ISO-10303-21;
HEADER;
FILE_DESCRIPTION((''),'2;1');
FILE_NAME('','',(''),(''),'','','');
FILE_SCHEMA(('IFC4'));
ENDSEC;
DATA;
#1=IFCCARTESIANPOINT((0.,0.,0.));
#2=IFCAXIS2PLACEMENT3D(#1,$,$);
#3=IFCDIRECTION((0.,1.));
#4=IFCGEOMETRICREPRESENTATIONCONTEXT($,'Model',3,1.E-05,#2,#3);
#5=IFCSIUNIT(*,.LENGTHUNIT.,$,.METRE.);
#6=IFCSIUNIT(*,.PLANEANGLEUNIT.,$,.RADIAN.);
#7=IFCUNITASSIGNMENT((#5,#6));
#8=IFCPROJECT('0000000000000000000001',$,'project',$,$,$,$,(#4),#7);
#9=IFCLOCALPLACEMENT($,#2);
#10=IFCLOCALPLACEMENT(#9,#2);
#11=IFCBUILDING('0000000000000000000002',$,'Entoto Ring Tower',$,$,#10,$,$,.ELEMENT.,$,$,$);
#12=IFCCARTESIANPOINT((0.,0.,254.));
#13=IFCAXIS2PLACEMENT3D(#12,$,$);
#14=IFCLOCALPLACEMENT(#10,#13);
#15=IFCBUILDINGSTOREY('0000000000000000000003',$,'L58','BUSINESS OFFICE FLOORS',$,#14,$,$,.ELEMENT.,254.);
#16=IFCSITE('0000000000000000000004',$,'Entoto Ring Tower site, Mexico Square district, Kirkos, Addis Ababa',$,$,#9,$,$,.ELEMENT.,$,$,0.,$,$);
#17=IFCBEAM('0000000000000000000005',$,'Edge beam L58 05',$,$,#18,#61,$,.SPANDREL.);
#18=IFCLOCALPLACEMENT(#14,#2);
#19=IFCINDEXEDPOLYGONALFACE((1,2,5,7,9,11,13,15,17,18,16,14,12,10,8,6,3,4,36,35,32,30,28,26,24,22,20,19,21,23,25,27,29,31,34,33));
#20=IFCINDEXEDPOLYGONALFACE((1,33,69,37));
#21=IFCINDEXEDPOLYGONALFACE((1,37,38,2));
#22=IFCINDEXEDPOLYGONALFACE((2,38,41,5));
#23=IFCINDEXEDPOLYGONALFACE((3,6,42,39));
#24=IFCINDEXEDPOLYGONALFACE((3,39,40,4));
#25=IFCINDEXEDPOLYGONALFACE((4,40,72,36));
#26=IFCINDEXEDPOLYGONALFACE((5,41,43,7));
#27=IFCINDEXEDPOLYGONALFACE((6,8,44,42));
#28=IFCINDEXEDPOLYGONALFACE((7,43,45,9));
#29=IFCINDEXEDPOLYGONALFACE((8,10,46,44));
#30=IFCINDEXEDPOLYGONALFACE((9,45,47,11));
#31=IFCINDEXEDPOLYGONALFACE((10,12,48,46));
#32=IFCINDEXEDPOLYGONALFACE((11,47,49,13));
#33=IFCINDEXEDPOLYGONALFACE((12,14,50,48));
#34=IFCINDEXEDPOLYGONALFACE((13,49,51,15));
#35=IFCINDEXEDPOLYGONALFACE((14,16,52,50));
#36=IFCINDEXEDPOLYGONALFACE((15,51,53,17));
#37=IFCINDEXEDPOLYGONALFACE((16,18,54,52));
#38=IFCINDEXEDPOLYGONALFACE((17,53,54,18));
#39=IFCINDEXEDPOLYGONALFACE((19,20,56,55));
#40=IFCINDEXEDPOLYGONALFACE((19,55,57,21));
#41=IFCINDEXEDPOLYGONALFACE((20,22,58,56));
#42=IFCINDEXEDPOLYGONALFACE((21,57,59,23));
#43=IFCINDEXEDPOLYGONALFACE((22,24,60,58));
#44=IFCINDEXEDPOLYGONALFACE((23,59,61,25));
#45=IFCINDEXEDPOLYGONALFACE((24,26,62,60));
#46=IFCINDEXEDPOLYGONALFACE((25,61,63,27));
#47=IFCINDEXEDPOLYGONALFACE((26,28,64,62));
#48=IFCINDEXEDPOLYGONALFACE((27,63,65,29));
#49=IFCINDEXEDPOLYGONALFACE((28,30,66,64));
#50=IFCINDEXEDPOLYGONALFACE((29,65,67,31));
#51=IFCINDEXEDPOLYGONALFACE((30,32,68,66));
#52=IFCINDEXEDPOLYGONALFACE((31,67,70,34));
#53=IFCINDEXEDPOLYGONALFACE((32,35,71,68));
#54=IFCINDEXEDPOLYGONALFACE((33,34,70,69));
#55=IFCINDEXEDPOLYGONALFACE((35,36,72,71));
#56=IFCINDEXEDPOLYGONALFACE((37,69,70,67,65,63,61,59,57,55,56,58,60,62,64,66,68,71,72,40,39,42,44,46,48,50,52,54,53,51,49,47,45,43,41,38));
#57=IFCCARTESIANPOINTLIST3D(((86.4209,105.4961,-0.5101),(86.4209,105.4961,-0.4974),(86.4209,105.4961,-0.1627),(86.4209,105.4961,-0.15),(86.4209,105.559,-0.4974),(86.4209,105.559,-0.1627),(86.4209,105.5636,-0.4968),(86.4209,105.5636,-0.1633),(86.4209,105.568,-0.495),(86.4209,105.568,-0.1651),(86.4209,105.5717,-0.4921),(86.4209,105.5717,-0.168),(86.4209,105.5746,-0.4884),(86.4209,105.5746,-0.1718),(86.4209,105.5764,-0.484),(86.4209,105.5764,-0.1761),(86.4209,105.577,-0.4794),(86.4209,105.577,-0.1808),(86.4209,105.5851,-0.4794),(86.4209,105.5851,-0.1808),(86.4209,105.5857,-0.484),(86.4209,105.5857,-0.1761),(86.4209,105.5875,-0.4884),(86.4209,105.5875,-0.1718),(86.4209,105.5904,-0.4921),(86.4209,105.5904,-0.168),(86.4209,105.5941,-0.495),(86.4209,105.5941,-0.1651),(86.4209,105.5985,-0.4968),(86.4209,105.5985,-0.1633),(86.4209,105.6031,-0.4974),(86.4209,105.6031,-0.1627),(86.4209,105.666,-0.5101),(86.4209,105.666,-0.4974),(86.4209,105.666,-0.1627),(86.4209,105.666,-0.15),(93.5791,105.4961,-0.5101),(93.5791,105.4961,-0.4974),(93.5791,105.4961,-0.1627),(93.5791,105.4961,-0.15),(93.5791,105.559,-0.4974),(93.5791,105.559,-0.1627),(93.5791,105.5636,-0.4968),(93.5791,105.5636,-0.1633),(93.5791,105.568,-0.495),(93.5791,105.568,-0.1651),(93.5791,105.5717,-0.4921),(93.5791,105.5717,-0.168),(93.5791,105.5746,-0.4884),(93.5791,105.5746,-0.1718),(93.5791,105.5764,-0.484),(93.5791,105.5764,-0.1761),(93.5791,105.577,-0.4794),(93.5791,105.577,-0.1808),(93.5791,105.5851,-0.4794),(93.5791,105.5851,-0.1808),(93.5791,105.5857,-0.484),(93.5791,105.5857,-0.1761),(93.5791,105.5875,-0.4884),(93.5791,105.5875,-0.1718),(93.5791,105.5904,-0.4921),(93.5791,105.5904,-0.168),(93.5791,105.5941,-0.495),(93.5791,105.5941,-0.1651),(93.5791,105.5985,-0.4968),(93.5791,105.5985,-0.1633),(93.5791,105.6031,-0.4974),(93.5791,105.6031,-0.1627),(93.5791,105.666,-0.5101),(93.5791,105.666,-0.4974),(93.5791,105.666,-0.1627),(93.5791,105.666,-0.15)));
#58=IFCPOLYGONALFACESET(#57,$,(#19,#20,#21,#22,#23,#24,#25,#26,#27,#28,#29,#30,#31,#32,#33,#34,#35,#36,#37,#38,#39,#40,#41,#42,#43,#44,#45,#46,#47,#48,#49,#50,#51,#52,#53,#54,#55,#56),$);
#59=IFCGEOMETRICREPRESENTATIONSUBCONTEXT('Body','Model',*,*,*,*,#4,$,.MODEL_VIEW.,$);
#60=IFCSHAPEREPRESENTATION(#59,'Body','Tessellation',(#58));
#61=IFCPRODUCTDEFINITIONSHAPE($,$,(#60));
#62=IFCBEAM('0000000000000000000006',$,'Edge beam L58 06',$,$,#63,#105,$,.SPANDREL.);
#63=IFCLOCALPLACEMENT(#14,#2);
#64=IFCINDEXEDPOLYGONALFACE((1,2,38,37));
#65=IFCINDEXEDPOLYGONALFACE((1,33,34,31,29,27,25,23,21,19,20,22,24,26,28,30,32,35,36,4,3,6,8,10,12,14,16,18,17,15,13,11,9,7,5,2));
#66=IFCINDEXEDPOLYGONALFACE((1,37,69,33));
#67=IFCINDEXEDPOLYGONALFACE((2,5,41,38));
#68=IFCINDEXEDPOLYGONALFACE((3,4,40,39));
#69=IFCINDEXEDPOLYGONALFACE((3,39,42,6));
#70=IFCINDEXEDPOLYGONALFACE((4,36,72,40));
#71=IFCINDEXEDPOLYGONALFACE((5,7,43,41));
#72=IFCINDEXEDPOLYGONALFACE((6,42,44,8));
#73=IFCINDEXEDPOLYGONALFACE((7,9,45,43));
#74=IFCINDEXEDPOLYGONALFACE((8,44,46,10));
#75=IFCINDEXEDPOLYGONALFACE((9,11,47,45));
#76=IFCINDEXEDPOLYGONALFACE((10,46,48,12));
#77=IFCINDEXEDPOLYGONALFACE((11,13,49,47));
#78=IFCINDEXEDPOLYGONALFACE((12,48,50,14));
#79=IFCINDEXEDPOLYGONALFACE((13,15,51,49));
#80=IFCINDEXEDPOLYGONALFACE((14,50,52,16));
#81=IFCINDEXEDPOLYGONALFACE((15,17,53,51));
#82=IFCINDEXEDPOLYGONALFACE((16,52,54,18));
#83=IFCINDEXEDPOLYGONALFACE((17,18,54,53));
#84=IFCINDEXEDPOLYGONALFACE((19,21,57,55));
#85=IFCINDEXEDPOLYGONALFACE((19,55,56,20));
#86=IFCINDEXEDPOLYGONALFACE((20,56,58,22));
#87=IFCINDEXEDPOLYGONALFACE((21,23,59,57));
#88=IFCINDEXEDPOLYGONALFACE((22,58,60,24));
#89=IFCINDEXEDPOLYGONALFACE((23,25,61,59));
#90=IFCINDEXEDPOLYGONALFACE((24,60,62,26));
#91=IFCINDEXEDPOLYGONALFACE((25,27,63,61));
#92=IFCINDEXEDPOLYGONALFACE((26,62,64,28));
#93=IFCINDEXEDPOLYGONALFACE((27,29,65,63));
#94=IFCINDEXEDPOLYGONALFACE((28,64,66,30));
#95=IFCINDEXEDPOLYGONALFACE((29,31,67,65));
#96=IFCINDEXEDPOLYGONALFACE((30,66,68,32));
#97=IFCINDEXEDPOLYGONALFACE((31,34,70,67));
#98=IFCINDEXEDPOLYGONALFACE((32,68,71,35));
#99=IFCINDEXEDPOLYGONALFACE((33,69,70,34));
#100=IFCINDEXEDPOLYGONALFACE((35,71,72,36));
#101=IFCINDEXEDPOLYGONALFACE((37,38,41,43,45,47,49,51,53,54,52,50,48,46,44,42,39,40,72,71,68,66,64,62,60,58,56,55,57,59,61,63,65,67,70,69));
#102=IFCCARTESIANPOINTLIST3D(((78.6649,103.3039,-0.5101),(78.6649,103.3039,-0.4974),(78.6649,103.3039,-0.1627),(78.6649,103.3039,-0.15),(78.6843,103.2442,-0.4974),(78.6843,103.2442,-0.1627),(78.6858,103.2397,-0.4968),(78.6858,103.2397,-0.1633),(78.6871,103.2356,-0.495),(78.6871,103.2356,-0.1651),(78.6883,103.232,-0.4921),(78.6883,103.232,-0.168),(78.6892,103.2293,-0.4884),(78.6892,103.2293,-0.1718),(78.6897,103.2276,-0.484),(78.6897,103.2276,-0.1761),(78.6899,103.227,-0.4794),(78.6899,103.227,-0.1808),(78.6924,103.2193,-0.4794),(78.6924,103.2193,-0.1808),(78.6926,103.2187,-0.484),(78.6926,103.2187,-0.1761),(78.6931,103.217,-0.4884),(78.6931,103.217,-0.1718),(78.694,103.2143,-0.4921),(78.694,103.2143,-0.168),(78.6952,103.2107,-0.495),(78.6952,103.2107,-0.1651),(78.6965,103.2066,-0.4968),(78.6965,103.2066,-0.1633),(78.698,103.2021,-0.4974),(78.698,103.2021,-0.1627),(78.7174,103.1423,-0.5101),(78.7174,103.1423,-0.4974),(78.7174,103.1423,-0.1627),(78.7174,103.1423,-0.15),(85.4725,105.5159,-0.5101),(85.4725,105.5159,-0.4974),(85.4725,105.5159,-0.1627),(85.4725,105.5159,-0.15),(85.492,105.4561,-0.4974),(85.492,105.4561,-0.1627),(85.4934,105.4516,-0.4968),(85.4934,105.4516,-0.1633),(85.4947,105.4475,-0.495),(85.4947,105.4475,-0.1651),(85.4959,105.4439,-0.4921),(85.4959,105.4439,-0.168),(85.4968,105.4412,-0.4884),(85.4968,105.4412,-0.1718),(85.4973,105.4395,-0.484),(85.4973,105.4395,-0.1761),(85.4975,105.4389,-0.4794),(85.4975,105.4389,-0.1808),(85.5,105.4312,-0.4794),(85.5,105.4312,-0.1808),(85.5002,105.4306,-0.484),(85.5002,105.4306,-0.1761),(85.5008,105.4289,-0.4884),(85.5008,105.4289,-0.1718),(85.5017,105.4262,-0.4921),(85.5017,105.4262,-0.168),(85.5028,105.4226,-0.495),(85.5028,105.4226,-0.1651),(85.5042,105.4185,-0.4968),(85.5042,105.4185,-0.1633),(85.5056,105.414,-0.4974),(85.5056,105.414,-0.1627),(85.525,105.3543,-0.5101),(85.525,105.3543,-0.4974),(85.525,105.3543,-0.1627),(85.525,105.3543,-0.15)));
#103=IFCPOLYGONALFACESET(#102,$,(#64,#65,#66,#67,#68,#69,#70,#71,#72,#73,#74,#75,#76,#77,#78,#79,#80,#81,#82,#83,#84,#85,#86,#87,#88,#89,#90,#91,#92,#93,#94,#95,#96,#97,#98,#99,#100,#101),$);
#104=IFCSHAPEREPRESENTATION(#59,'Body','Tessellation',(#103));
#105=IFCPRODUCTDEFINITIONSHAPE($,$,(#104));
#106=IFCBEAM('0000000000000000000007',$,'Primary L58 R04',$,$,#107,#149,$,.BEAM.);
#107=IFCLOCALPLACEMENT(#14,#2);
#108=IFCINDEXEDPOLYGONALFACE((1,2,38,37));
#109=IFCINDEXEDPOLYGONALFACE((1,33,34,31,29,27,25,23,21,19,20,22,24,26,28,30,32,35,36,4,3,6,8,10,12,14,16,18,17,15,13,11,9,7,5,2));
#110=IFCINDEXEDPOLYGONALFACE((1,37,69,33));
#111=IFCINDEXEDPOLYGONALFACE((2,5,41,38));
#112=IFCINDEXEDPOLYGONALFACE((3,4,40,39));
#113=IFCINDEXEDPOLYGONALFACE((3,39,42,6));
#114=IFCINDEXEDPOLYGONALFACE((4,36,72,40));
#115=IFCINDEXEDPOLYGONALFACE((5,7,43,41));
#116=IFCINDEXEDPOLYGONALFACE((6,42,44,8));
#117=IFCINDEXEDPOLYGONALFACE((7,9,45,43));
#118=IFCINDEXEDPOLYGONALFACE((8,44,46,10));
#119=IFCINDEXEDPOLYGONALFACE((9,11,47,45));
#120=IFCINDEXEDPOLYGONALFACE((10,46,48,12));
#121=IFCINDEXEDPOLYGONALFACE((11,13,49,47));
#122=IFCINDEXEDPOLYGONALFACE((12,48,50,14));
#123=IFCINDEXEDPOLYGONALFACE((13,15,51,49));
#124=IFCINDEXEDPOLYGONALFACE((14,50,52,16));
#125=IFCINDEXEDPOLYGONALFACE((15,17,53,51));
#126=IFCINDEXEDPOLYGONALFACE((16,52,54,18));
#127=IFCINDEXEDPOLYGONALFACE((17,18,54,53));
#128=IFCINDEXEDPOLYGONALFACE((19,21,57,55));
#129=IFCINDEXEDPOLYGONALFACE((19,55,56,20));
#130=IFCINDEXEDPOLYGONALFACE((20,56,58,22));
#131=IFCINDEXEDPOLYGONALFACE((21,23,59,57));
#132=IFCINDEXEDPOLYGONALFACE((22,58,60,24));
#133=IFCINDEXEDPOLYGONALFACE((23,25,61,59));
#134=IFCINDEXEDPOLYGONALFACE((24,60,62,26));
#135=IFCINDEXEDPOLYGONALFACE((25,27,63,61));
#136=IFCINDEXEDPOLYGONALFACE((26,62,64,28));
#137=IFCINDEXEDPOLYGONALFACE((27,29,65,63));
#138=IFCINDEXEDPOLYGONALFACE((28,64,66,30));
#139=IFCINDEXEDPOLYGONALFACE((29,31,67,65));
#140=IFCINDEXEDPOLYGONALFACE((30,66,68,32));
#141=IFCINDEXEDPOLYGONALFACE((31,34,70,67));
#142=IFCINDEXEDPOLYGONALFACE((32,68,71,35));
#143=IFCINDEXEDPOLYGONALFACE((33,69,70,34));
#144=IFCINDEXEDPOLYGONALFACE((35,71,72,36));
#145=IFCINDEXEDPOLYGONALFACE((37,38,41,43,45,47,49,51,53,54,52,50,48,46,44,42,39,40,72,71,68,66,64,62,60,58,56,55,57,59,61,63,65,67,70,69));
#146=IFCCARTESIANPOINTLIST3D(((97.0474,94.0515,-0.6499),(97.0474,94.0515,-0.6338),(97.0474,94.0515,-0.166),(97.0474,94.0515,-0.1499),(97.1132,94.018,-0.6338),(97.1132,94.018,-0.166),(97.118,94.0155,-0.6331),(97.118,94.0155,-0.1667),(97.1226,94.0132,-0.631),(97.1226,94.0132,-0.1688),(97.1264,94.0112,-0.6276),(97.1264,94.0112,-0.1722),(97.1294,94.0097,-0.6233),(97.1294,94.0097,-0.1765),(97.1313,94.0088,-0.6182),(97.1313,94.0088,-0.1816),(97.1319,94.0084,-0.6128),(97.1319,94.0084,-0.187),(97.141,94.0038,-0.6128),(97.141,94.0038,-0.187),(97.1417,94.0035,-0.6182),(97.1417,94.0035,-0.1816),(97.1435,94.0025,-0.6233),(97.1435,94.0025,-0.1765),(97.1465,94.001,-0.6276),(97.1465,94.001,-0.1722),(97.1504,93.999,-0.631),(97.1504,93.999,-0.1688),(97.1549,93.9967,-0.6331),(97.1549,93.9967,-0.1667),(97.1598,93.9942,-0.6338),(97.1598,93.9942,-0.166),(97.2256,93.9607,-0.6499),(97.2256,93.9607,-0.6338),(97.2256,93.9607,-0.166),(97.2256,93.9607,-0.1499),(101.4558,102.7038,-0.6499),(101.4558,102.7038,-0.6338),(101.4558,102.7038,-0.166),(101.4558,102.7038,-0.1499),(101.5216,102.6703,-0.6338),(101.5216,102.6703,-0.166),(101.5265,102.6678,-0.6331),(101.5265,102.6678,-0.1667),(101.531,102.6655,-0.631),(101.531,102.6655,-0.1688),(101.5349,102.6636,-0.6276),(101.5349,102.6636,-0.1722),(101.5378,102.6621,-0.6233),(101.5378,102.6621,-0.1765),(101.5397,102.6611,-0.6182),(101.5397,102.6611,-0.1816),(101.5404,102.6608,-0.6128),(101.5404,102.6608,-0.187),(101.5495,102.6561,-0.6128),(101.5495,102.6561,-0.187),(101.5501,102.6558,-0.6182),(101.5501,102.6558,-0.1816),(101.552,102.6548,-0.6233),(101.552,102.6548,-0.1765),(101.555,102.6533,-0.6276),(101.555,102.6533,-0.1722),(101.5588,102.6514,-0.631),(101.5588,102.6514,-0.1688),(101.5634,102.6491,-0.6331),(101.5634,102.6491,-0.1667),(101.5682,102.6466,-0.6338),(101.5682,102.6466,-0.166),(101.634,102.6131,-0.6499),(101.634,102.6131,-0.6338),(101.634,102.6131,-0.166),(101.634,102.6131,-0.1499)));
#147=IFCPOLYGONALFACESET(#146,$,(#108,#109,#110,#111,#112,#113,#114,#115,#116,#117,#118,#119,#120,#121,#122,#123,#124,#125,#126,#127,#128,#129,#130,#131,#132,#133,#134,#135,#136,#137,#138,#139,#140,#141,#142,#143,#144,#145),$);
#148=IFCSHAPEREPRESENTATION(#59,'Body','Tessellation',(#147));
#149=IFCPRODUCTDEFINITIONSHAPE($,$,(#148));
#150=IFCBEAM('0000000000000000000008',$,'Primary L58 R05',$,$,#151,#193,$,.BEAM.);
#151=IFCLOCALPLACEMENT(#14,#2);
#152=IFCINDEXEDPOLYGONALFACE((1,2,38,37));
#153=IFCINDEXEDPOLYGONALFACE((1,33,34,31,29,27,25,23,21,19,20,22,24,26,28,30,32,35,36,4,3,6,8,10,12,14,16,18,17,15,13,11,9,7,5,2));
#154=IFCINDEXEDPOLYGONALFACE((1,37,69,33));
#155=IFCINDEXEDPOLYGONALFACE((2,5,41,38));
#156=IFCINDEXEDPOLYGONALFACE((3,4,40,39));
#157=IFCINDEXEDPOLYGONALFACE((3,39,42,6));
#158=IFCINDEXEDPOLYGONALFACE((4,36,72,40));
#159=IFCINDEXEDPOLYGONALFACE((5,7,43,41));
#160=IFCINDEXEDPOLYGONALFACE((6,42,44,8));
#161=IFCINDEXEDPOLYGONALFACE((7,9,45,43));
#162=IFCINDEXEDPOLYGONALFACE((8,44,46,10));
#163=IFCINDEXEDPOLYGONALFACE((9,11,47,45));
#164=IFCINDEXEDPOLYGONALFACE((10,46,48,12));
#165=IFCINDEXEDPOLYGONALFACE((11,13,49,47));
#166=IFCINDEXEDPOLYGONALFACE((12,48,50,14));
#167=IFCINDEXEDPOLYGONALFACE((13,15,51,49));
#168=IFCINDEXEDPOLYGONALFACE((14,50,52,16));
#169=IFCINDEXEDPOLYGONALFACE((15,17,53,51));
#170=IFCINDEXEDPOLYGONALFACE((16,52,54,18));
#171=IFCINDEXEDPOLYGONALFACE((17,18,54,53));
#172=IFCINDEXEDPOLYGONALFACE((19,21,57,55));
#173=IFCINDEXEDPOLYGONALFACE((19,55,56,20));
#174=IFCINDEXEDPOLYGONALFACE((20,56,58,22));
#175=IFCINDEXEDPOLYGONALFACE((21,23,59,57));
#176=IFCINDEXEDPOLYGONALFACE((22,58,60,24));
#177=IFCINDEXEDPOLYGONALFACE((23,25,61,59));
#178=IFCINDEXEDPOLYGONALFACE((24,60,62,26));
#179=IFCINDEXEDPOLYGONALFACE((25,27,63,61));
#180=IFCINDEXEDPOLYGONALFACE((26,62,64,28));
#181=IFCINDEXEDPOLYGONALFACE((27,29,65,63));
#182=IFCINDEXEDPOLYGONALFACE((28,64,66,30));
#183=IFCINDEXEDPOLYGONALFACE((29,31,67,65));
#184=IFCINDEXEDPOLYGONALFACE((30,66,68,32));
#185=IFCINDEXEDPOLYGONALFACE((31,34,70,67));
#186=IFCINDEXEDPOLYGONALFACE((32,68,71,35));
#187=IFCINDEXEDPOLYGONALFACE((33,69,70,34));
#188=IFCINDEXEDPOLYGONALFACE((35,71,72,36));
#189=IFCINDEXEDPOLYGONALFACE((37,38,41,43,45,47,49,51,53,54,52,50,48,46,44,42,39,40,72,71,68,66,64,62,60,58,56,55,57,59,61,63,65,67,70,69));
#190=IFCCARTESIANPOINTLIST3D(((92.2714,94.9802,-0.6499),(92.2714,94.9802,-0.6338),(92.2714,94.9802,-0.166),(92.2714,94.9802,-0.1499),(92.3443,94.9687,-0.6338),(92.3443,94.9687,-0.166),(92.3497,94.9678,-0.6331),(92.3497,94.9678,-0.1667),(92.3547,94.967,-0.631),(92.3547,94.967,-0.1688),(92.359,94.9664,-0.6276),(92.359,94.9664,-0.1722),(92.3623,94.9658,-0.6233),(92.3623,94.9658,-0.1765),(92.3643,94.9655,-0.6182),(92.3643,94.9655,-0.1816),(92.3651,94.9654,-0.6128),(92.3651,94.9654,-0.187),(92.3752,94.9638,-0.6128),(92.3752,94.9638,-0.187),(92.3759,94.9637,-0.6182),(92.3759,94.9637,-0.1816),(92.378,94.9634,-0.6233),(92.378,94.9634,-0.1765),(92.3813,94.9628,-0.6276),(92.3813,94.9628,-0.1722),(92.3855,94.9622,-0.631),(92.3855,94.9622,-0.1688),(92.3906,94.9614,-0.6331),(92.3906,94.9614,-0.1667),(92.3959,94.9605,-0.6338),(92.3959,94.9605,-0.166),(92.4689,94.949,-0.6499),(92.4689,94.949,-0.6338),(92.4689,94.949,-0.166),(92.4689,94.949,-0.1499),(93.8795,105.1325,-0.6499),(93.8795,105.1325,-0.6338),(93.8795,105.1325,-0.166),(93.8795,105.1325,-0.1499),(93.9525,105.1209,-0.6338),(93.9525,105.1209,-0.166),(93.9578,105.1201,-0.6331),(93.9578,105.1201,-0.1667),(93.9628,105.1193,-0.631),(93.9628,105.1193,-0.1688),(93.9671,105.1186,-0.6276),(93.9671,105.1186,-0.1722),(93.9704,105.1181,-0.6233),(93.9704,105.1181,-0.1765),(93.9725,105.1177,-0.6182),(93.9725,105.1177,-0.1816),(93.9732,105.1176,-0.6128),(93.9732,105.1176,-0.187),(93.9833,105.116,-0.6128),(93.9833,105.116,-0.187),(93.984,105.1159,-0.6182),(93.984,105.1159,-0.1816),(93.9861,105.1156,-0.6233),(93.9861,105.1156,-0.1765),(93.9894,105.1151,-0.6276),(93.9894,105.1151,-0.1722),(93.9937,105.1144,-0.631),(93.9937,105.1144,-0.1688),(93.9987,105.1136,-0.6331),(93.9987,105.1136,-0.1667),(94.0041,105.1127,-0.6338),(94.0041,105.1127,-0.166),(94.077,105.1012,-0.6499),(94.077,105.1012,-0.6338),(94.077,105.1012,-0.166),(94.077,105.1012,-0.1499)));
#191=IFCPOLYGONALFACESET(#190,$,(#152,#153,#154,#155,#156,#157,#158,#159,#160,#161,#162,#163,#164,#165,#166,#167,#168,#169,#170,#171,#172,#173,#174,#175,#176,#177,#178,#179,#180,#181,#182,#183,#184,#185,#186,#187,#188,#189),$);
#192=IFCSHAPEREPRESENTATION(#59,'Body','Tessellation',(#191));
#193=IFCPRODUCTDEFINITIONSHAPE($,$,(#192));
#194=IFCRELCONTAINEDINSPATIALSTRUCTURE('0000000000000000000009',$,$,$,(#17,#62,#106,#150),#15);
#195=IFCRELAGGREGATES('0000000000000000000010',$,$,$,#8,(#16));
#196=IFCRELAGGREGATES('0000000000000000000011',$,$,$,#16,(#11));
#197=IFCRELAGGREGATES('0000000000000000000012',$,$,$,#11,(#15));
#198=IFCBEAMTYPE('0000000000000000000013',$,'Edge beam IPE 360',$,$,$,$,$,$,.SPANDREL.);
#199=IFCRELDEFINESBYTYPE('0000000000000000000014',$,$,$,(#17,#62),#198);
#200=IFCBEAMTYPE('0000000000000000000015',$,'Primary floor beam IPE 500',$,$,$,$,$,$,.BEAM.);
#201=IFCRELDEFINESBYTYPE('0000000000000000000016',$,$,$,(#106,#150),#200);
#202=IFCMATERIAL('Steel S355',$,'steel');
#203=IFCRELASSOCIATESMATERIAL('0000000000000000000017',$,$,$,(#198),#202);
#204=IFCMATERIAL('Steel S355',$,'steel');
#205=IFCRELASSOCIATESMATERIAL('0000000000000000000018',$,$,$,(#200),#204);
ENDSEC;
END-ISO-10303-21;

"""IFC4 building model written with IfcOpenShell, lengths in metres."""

from ifc_helpers import new_model, si_unit, direction, frame, origin, origin_2d, place, context, subcontext, project, spatial, i_section, extrude, material, material_profile, profile_set, type_object, element, save


model = new_model("IFC4")

# Units and contexts
model_context = context("Model", 3, precision=1e-05, world=origin(), true_north=direction((0.0, 1.0)))
body_context = subcontext(model_context, "Body", "Model", "MODEL_VIEW")
ifc_project = project(units=[si_unit("LENGTHUNIT", "METRE"), si_unit("PLANEANGLEUNIT", "RADIAN")], contexts=[model_context])

# Site, building, storey
site_placement = place(None, origin())
site = spatial("IfcSite", under=ifc_project, at=site_placement, Name="Entoto Ring Tower site, Mexico Square district, Kirkos, Addis Ababa", CompositionType="ELEMENT", RefElevation=0.0)
building_placement = place(site_placement, origin())
building = spatial("IfcBuilding", under=site, at=building_placement, Name="Entoto Ring Tower", CompositionType="ELEMENT")
storey_placement = place(building_placement, frame((0.0, 0.0, 254.0)))
storey = spatial("IfcBuildingStorey", under=building, at=storey_placement, Name="L58", Description="BUSINESS OFFICE FLOORS", CompositionType="ELEMENT", Elevation=254.0)

# Beams
ifc_material_1 = material(Name="Steel S355", Category="steel")
ifc_material_profile_1 = material_profile(ifc_material_1, i_section(OverallWidth=0.1699, OverallDepth=0.3601, WebThickness=0.0081, FlangeThickness=0.0127, FilletRadius=0.0181, at=origin_2d()), Name="IPE 360")
ifc_profile_set_1 = profile_set([ifc_material_profile_1], Name="Steel S355")
beam_type_1 = type_object("IfcBeamType", Name="Edge beam IPE 360", PredefinedType="SPANDREL", material=ifc_profile_set_1)
beam_1_placement = place(storey_placement, frame((93.5791, 105.5811, -0.3301), z_axis=(-1.0, 0.0, 0.0), x_axis=(0.0, -1.0, 0.0)))
element("IfcBeam", 1, at=beam_1_placement, inside=storey, type_object=beam_type_1, Name="Edge beam L58 05", PredefinedType="SPANDREL", context=body_context, shape_type="SweptSolid", body=[
    extrude(i_section(OverallWidth=0.1699, OverallDepth=0.3601, WebThickness=0.0081, FlangeThickness=0.0127, FilletRadius=0.0181, at=origin_2d()), origin(), (0.0, 0.0, 1.0), 7.1582),
])
beam_2_placement = place(storey_placement, frame((85.4988, 105.4351, -0.3301), z_axis=(-0.951057, -0.309015, 0.0), x_axis=(0.309015, -0.951057, 0.0)))
element("IfcBeam", 2, at=beam_2_placement, inside=storey, type_object=beam_type_1, Name="Edge beam L58 06", PredefinedType="SPANDREL", context=body_context, shape_type="SweptSolid", body=[
    extrude(i_section(OverallWidth=0.1699, OverallDepth=0.3601, WebThickness=0.0081, FlangeThickness=0.0127, FilletRadius=0.0181, at=origin_2d()), origin(), (0.0, 0.0, 1.0), 7.158),
])
ifc_material_2 = material(Name="Steel S355", Category="steel")
ifc_material_profile_2 = material_profile(ifc_material_2, i_section(OverallWidth=0.2, OverallDepth=0.5, WebThickness=0.0103, FlangeThickness=0.0161, FilletRadius=0.021, at=origin_2d()), Name="IPE 500")
ifc_profile_set_2 = profile_set([ifc_material_profile_2], Name="Steel S355")
beam_type_2 = type_object("IfcBeamType", Name="Primary floor beam IPE 500", PredefinedType="BEAM", material=ifc_profile_set_2)
beam_3_placement = place(storey_placement, frame((97.1365, 94.0061, -0.3999), z_axis=(0.453979, 0.891012, 0.0), x_axis=(-0.891012, 0.453979, 0.0)))
element("IfcBeam", 3, at=beam_3_placement, inside=storey, type_object=beam_type_2, Name="Primary L58 R04", PredefinedType="BEAM", context=body_context, shape_type="SweptSolid", body=[
    extrude(i_section(OverallWidth=0.2, OverallDepth=0.5, WebThickness=0.0103, FlangeThickness=0.0161, FilletRadius=0.021, at=origin_2d()), origin(), (0.0, 0.0, 1.0), 9.7107),
])
for number, where, z_axis, x_axis, name in (
    (4, (92.3701, 94.9646, -0.3999), (0.156452, 0.987686, 0.0), (-0.987686, 0.156452, 0.0), "Primary L58 R05"),
):
    element("IfcBeam", number, at=place(storey_placement, frame(where, z_axis=z_axis, x_axis=x_axis)), inside=storey, type_object=beam_type_2, Name=name, PredefinedType="BEAM", context=body_context, shape_type="SweptSolid", body=[
        extrude(i_section(OverallWidth=0.2, OverallDepth=0.5, WebThickness=0.0103, FlangeThickness=0.0161, FilletRadius=0.021, at=origin_2d()), origin(), (0.0, 0.0, 1.0), 10.2788),
    ])

save(model, "model.ifc")
